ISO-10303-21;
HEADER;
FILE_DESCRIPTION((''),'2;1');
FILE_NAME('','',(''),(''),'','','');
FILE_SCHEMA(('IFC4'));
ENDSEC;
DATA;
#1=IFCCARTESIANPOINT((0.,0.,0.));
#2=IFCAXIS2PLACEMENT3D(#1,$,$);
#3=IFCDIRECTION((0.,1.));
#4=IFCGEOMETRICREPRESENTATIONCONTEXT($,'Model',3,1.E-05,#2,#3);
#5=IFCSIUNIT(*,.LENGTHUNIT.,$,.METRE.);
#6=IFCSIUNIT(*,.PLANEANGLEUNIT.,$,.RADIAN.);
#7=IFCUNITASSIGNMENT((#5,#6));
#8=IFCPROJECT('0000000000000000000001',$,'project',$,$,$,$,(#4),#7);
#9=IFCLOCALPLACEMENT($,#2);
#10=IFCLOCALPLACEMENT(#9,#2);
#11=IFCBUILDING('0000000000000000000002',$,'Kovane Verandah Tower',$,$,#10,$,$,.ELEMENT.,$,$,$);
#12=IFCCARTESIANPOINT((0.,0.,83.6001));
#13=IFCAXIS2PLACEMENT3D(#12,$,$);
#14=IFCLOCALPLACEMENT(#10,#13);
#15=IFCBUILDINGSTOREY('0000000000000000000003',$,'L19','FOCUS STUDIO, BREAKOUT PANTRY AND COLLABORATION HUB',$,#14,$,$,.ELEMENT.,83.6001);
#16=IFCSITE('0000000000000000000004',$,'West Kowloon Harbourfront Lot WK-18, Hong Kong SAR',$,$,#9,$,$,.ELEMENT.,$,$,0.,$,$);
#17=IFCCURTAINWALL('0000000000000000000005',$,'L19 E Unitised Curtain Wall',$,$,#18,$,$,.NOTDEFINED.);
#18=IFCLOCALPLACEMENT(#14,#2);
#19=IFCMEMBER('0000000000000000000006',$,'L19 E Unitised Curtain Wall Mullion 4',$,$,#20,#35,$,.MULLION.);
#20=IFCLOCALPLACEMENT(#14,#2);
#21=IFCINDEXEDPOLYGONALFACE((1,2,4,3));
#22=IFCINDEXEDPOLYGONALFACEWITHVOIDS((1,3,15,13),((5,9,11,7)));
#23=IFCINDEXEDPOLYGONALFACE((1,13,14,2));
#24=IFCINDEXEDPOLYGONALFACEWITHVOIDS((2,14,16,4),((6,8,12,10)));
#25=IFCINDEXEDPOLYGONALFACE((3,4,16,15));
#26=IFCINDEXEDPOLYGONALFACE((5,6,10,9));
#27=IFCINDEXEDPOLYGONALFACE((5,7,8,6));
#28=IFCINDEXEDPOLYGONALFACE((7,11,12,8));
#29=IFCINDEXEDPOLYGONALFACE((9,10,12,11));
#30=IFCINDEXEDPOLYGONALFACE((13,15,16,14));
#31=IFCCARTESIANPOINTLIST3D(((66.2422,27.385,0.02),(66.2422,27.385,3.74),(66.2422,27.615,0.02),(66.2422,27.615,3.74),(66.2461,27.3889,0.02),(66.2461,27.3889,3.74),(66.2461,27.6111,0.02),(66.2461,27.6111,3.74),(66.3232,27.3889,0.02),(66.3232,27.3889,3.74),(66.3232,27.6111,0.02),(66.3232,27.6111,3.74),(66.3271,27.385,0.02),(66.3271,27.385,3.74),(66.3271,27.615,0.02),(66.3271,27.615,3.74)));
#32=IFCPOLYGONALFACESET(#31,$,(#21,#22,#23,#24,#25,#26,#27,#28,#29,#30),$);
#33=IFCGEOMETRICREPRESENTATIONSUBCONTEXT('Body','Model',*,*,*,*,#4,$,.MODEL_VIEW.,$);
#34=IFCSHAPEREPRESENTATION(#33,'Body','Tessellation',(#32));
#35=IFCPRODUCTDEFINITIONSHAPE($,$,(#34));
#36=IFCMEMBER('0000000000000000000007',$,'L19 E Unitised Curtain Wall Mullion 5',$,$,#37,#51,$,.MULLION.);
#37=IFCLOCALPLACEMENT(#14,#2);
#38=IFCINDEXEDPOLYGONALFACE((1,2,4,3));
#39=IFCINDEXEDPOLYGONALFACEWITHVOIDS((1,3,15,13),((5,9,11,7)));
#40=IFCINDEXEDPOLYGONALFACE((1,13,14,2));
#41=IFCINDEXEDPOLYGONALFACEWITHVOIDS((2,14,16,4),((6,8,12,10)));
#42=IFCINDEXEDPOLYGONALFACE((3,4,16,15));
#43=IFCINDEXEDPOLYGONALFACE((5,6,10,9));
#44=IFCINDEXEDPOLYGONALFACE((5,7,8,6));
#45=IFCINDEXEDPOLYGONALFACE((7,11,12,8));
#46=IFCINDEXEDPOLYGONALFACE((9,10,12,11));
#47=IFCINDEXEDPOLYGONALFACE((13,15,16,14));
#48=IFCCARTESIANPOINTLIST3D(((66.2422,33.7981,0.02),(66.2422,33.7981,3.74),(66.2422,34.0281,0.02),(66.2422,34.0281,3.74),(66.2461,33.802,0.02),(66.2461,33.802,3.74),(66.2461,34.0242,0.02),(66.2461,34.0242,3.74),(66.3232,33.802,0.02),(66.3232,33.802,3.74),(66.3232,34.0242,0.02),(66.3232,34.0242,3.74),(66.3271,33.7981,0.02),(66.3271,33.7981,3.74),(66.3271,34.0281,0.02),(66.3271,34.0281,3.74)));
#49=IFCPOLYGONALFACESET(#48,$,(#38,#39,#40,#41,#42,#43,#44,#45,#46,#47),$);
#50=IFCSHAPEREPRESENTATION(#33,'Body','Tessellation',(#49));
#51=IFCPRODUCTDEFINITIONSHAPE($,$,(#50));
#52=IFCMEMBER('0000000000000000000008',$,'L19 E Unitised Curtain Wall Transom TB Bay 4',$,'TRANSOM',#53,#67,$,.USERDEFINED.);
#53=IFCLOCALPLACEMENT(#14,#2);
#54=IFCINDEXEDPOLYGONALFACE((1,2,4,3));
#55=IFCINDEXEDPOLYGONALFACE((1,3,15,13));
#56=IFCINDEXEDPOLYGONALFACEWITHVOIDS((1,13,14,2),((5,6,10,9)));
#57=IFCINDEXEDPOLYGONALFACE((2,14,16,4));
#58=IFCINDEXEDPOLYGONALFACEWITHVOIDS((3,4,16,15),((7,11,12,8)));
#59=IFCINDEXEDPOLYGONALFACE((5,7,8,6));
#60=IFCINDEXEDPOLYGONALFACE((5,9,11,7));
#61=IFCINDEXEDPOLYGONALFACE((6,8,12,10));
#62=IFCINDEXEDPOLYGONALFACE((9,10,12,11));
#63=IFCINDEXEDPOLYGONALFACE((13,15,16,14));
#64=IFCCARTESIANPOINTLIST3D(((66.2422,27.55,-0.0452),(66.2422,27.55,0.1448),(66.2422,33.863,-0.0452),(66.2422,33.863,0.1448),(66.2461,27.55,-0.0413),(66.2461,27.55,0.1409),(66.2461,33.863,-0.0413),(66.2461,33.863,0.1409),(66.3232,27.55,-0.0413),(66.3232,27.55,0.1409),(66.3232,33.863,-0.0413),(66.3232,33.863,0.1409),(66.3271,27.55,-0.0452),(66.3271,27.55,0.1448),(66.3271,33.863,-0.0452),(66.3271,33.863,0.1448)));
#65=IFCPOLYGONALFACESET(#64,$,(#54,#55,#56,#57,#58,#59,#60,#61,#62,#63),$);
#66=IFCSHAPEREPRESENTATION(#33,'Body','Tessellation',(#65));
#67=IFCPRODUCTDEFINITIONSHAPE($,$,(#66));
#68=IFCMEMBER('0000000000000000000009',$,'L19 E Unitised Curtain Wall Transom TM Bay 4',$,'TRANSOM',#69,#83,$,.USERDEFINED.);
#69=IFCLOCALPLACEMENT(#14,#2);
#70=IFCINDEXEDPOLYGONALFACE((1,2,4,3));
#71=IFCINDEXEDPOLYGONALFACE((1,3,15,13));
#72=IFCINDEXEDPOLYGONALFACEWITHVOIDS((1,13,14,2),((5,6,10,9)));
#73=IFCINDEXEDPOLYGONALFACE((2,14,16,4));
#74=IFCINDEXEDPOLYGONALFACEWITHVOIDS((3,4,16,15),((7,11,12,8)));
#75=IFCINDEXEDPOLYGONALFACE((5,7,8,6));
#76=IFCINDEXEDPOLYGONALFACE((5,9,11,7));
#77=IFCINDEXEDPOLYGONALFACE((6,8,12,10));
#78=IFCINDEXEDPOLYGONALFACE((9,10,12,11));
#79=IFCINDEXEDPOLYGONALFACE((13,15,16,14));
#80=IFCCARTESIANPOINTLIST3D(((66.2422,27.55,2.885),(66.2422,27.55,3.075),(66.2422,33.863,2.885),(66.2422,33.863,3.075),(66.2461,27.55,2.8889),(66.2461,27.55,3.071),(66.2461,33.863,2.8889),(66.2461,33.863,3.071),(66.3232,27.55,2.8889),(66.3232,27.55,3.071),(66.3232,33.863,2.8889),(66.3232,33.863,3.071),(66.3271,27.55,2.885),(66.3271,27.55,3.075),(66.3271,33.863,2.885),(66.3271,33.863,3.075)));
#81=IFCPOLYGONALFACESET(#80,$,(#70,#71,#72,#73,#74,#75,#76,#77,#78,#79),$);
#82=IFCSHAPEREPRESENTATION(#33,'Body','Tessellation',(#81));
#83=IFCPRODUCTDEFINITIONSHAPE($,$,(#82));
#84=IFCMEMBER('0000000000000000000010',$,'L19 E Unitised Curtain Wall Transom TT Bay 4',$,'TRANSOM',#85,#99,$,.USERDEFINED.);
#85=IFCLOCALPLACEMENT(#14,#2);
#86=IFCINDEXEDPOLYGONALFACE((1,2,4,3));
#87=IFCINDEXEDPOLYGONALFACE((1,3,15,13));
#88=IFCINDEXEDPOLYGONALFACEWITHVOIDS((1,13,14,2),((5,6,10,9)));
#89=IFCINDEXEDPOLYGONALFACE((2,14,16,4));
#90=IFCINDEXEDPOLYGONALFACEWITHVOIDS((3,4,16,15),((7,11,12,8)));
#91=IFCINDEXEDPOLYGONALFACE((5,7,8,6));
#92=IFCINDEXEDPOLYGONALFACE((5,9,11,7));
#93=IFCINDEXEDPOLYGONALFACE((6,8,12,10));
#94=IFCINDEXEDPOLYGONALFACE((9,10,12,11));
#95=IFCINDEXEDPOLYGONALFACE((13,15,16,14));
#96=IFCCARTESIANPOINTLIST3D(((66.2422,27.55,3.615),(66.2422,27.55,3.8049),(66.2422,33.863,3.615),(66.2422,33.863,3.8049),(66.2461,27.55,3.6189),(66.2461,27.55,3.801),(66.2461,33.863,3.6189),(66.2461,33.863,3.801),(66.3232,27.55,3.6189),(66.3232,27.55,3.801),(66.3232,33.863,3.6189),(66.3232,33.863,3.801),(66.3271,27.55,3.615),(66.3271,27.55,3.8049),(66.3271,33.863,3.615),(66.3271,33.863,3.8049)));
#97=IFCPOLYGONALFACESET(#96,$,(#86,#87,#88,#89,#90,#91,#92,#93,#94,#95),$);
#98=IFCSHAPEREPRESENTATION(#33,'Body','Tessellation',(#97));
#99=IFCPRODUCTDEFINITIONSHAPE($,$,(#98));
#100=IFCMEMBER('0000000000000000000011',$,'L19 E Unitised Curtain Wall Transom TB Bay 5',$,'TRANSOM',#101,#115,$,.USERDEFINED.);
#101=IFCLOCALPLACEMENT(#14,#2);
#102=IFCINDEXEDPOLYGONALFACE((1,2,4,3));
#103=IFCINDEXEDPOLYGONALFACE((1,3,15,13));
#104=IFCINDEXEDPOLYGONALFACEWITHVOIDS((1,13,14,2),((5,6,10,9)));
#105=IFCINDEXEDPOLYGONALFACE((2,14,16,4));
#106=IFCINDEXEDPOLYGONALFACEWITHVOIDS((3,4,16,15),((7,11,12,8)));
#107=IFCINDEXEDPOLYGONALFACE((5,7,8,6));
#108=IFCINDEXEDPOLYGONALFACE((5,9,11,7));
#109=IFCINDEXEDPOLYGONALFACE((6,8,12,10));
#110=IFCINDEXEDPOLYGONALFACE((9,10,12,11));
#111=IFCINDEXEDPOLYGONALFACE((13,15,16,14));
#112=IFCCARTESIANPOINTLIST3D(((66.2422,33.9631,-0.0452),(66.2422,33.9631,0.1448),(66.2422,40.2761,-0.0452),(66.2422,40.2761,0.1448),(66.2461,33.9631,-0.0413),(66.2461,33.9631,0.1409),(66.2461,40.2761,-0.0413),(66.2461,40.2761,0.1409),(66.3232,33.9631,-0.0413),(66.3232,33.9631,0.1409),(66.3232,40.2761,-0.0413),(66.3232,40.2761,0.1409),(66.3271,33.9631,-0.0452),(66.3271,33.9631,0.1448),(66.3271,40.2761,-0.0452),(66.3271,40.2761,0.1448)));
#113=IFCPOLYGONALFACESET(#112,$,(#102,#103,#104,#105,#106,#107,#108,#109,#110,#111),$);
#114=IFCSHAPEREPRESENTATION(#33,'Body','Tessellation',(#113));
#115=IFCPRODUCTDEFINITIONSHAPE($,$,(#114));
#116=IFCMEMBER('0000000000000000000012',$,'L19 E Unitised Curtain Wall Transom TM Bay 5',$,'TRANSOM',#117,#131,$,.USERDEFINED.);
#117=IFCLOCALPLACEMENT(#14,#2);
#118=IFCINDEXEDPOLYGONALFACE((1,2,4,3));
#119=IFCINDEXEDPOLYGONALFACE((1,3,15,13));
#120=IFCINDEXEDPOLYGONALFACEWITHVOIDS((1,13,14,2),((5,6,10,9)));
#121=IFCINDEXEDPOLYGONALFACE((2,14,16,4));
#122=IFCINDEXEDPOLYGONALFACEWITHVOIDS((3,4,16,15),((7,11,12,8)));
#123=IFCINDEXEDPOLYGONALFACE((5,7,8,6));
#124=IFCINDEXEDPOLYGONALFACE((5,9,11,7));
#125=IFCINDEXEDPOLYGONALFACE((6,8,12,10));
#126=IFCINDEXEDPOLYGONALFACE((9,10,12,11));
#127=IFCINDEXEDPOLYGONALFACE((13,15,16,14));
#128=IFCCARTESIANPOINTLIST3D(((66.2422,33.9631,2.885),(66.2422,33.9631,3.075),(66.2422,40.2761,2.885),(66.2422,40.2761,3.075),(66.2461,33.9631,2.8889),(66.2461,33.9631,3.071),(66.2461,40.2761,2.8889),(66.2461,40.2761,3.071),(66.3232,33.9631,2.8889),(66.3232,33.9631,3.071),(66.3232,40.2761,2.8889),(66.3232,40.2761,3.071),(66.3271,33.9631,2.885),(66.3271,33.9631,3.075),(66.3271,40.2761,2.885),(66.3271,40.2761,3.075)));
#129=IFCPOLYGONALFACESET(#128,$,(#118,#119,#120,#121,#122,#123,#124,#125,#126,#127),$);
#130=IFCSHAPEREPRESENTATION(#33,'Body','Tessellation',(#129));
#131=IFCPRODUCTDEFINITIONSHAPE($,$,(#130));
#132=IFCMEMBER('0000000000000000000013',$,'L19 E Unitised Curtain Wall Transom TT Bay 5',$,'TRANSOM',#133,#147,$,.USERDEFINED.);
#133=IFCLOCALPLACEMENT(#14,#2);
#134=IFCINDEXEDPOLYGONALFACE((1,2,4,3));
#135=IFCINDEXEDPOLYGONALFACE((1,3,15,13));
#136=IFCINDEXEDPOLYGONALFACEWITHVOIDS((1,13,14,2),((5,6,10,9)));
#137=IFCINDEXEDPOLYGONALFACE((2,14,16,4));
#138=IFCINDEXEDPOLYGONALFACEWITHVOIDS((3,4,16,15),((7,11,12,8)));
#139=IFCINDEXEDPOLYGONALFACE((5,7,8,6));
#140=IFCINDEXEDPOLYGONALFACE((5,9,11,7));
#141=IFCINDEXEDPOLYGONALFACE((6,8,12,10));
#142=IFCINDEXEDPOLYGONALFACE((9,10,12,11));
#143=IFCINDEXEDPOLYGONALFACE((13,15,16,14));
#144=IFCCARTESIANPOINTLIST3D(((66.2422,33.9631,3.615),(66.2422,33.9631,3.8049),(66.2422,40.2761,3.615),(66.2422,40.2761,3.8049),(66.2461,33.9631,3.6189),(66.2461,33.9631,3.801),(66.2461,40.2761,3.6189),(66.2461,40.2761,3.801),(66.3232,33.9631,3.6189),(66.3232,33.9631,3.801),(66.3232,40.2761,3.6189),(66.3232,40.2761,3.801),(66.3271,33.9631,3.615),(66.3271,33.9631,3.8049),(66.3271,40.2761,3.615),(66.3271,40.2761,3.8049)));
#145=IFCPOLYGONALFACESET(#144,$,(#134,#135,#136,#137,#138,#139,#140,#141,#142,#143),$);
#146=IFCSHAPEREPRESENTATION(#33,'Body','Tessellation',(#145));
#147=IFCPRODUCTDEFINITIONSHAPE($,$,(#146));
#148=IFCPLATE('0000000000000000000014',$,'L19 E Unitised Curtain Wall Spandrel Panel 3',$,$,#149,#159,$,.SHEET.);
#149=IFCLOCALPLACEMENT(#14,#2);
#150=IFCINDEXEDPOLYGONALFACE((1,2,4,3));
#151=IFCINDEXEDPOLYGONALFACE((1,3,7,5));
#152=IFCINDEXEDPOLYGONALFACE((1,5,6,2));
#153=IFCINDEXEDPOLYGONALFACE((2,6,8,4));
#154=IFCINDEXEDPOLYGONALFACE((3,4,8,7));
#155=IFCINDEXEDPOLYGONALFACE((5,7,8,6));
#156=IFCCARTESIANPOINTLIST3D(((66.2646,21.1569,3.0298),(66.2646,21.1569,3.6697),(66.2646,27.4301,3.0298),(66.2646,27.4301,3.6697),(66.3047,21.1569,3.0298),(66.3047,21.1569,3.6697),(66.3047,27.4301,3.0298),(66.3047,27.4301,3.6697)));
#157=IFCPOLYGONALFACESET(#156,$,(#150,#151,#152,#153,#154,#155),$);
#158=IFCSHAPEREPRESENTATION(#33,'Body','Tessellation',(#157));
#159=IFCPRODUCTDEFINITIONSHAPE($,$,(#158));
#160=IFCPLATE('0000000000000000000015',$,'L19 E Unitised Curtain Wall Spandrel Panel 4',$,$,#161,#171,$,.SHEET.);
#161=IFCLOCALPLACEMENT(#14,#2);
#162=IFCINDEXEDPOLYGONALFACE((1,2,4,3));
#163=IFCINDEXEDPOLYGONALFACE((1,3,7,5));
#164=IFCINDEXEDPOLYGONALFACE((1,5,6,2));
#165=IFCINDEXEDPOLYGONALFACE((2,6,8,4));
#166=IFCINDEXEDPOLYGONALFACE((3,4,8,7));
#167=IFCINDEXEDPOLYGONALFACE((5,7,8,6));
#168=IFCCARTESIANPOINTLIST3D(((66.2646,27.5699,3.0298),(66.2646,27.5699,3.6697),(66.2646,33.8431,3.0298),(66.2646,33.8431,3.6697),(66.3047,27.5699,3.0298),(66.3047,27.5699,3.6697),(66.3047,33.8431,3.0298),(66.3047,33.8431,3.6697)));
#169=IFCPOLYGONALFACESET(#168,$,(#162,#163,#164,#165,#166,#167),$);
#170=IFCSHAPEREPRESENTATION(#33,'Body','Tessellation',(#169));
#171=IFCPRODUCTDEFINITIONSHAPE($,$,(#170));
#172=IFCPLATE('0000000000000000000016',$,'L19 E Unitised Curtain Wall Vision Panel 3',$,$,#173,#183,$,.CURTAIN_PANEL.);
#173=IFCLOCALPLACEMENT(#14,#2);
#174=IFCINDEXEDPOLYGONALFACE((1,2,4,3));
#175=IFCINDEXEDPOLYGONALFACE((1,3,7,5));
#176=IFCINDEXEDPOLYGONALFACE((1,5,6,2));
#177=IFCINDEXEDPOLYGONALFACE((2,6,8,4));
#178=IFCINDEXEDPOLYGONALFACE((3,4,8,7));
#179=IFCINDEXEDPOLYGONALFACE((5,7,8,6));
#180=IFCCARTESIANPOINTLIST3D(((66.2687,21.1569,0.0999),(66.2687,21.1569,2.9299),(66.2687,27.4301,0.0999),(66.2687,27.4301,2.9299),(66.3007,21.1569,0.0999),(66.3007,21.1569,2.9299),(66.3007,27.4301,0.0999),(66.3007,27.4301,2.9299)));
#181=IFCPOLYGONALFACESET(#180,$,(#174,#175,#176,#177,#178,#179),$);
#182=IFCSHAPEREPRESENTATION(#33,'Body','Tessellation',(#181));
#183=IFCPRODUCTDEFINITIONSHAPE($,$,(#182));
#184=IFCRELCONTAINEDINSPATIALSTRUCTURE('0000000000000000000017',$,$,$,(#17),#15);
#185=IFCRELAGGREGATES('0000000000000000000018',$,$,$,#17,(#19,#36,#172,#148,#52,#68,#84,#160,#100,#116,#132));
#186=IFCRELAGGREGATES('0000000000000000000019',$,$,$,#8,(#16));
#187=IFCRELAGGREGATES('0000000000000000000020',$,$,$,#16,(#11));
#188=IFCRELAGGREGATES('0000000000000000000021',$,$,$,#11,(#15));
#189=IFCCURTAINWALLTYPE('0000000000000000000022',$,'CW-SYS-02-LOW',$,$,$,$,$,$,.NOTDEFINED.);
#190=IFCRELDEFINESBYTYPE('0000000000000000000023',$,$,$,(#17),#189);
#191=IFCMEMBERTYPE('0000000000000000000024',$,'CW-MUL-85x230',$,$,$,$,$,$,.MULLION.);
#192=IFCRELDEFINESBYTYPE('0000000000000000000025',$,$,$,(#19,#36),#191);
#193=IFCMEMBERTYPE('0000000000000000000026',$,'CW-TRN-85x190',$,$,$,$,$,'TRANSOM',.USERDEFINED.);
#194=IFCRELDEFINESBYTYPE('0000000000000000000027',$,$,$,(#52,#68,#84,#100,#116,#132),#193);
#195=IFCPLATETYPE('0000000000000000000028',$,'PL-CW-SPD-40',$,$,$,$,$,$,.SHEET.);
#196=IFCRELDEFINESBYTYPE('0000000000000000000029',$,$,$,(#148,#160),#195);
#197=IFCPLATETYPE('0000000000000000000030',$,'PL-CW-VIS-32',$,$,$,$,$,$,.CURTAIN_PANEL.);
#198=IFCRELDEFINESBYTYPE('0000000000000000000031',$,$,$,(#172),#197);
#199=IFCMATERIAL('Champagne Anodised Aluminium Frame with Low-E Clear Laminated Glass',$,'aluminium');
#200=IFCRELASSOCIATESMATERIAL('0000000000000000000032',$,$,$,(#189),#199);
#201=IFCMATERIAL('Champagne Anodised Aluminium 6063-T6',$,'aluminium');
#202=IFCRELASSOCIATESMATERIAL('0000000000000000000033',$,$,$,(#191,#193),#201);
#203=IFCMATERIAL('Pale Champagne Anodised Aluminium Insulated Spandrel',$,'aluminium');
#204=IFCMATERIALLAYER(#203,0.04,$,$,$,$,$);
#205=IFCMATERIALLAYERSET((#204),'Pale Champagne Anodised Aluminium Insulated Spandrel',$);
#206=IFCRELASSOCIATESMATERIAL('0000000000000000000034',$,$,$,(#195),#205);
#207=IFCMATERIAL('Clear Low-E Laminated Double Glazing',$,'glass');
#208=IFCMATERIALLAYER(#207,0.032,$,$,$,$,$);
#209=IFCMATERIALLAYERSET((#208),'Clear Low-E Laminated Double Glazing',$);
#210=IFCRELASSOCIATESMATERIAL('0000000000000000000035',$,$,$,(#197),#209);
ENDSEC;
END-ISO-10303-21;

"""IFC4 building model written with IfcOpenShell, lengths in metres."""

from ifc_helpers import new_model, si_unit, direction, frame, origin, origin_2d, place, context, subcontext, project, spatial, rectangle, hollow_rectangle, extrude, material, layer, layer_set, material_profile, profile_set, type_object, element, aggregate, save


model = new_model("IFC4")

# Units and contexts
model_context = context("Model", 3, precision=1e-05, world=origin(), true_north=direction((0.0, 1.0)))
body_context = subcontext(model_context, "Body", "Model", "MODEL_VIEW")
ifc_project = project(units=[si_unit("LENGTHUNIT", "METRE"), si_unit("PLANEANGLEUNIT", "RADIAN")], contexts=[model_context])

# Site, building, storey
site_placement = place(None, origin())
site = spatial("IfcSite", under=ifc_project, at=site_placement, Name="West Kowloon Harbourfront Lot WK-18, Hong Kong SAR", CompositionType="ELEMENT", RefElevation=0.0)
building_placement = place(site_placement, origin())
building = spatial("IfcBuilding", under=site, at=building_placement, Name="Kovane Verandah Tower", CompositionType="ELEMENT")
storey_placement = place(building_placement, frame((0.0, 0.0, 83.6001)))
storey = spatial("IfcBuildingStorey", under=building, at=storey_placement, Name="L19", Description="FOCUS STUDIO, BREAKOUT PANTRY AND COLLABORATION HUB", CompositionType="ELEMENT", Elevation=83.6001)

# Curtain wall, members, plates
ifc_material_1 = material(Name="Champagne Anodised Aluminium Frame with Low-E Clear Laminated Glass", Category="aluminium")
curtain_wall_type = type_object("IfcCurtainWallType", Name="CW-SYS-02-LOW", PredefinedType="NOTDEFINED", material=ifc_material_1)
curtain_wall_placement = place(storey_placement, origin())
curtain_wall = element("IfcCurtainWall", 1, at=curtain_wall_placement, inside=storey, type_object=curtain_wall_type, Name="L19 E Unitised Curtain Wall", PredefinedType="NOTDEFINED")
ifc_material_2 = material(Name="Champagne Anodised Aluminium 6063-T6", Category="aluminium")
ifc_material_profile_1 = material_profile(ifc_material_2, hollow_rectangle(XDim=0.085, YDim=0.23, WallThickness=0.0039, at=origin_2d()), Name="AL85x230x4")
ifc_profile_set_1 = profile_set([ifc_material_profile_1], Name="Champagne Anodised Aluminium 6063-T6")
member_type_1 = type_object("IfcMemberType", Name="CW-MUL-85x230", PredefinedType="MULLION", material=ifc_profile_set_1)
member_1_placement = place(storey_placement, frame((66.2847, 27.5, 0.02), z_axis=(0.0, 0.0, 1.0), x_axis=(1.0, 0.0, 0.0)))
member_1 = element("IfcMember", 2, at=member_1_placement, type_object=member_type_1, Name="L19 E Unitised Curtain Wall Mullion 4", PredefinedType="MULLION", context=body_context, shape_type="SweptSolid", body=[
    extrude(hollow_rectangle(XDim=0.085, YDim=0.23, WallThickness=0.0039, at=origin_2d()), origin(), (0.0, 0.0, 1.0), 3.72),
])
member_2_placement = place(storey_placement, frame((66.2847, 33.9131, 0.02), z_axis=(0.0, 0.0, 1.0), x_axis=(1.0, 0.0, 0.0)))
member_2 = element("IfcMember", 3, at=member_2_placement, type_object=member_type_1, Name="L19 E Unitised Curtain Wall Mullion 5", PredefinedType="MULLION", context=body_context, shape_type="SweptSolid", body=[
    extrude(hollow_rectangle(XDim=0.085, YDim=0.23, WallThickness=0.0039, at=origin_2d()), origin(), (0.0, 0.0, 1.0), 3.72),
])
ifc_material_profile_2 = material_profile(ifc_material_2, hollow_rectangle(XDim=0.085, YDim=0.1899, WallThickness=0.0039, at=origin_2d()), Name="AL85x190x4")
ifc_profile_set_2 = profile_set([ifc_material_profile_2], Name="Champagne Anodised Aluminium 6063-T6")
member_type_2 = type_object("IfcMemberType", Name="CW-TRN-85x190", ElementType="TRANSOM", PredefinedType="USERDEFINED", material=ifc_profile_set_2)
member_3_placement = place(storey_placement, frame((66.2847, 27.55, 0.0498), z_axis=(0.0, 1.0, 0.0), x_axis=(-1.0, 0.0, 0.0)))
member_3 = element("IfcMember", 4, at=member_3_placement, type_object=member_type_2, Name="L19 E Unitised Curtain Wall Transom TB Bay 4", ObjectType="TRANSOM", PredefinedType="USERDEFINED", context=body_context, shape_type="SweptSolid", body=[
    extrude(hollow_rectangle(XDim=0.085, YDim=0.1899, WallThickness=0.0039, at=origin_2d()), origin(), (0.0, 0.0, 1.0), 6.313),
])
member_4_placement = place(storey_placement, frame((66.2847, 27.55, 2.98), z_axis=(0.0, 1.0, 0.0), x_axis=(-1.0, 0.0, 0.0)))
member_4 = element("IfcMember", 5, at=member_4_placement, type_object=member_type_2, Name="L19 E Unitised Curtain Wall Transom TM Bay 4", ObjectType="TRANSOM", PredefinedType="USERDEFINED", context=body_context, shape_type="SweptSolid", body=[
    extrude(hollow_rectangle(XDim=0.085, YDim=0.1899, WallThickness=0.0039, at=origin_2d()), origin(), (0.0, 0.0, 1.0), 6.313),
])
member_5_placement = place(storey_placement, frame((66.2847, 27.55, 3.71), z_axis=(0.0, 1.0, 0.0), x_axis=(-1.0, 0.0, 0.0)))
member_5 = element("IfcMember", 6, at=member_5_placement, type_object=member_type_2, Name="L19 E Unitised Curtain Wall Transom TT Bay 4", ObjectType="TRANSOM", PredefinedType="USERDEFINED", context=body_context, shape_type="SweptSolid", body=[
    extrude(hollow_rectangle(XDim=0.085, YDim=0.1899, WallThickness=0.0039, at=origin_2d()), origin(), (0.0, 0.0, 1.0), 6.313),
])
member_6_placement = place(storey_placement, frame((66.2847, 33.9631, 0.0498), z_axis=(0.0, 1.0, 0.0), x_axis=(-1.0, 0.0, 0.0)))
member_6 = element("IfcMember", 7, at=member_6_placement, type_object=member_type_2, Name="L19 E Unitised Curtain Wall Transom TB Bay 5", ObjectType="TRANSOM", PredefinedType="USERDEFINED", context=body_context, shape_type="SweptSolid", body=[
    extrude(hollow_rectangle(XDim=0.085, YDim=0.1899, WallThickness=0.0039, at=origin_2d()), origin(), (0.0, 0.0, 1.0), 6.313),
])
member_7_placement = place(storey_placement, frame((66.2847, 33.9631, 2.98), z_axis=(0.0, 1.0, 0.0), x_axis=(-1.0, 0.0, 0.0)))
member_7 = element("IfcMember", 8, at=member_7_placement, type_object=member_type_2, Name="L19 E Unitised Curtain Wall Transom TM Bay 5", ObjectType="TRANSOM", PredefinedType="USERDEFINED", context=body_context, shape_type="SweptSolid", body=[
    extrude(hollow_rectangle(XDim=0.085, YDim=0.1899, WallThickness=0.0039, at=origin_2d()), origin(), (0.0, 0.0, 1.0), 6.313),
])
member_8_placement = place(storey_placement, frame((66.2847, 33.9631, 3.71), z_axis=(0.0, 1.0, 0.0), x_axis=(-1.0, 0.0, 0.0)))
member_8 = element("IfcMember", 9, at=member_8_placement, type_object=member_type_2, Name="L19 E Unitised Curtain Wall Transom TT Bay 5", ObjectType="TRANSOM", PredefinedType="USERDEFINED", context=body_context, shape_type="SweptSolid", body=[
    extrude(hollow_rectangle(XDim=0.085, YDim=0.1899, WallThickness=0.0039, at=origin_2d()), origin(), (0.0, 0.0, 1.0), 6.313),
])
ifc_material_3 = material(Name="Pale Champagne Anodised Aluminium Insulated Spandrel", Category="aluminium")
ifc_layer_1 = layer(ifc_material_3, 0.04)
ifc_layer_set_1 = layer_set([ifc_layer_1], Name="Pale Champagne Anodised Aluminium Insulated Spandrel")
plate_type_1 = type_object("IfcPlateType", Name="PL-CW-SPD-40", PredefinedType="SHEET", material=ifc_layer_set_1)
plate_1_placement = place(storey_placement, frame((66.2847, 24.2935, 3.0298), z_axis=(0.0, 0.0, 1.0), x_axis=(0.0, 1.0, 0.0)))
plate_1 = element("IfcPlate", 10, at=plate_1_placement, type_object=plate_type_1, Name="L19 E Unitised Curtain Wall Spandrel Panel 3", PredefinedType="SHEET", context=body_context, shape_type="SweptSolid", body=[
    extrude(rectangle(XDim=6.2732, YDim=0.04, at=origin_2d()), origin(), (0.0, 0.0, 1.0), 0.6399),
])
plate_2_placement = place(storey_placement, frame((66.2847, 30.7065, 3.0298), z_axis=(0.0, 0.0, 1.0), x_axis=(0.0, 1.0, 0.0)))
plate_2 = element("IfcPlate", 11, at=plate_2_placement, type_object=plate_type_1, Name="L19 E Unitised Curtain Wall Spandrel Panel 4", PredefinedType="SHEET", context=body_context, shape_type="SweptSolid", body=[
    extrude(rectangle(XDim=6.2732, YDim=0.04, at=origin_2d()), origin(), (0.0, 0.0, 1.0), 0.6399),
])
ifc_material_4 = material(Name="Clear Low-E Laminated Double Glazing", Category="glass")
ifc_layer_2 = layer(ifc_material_4, 0.032)
ifc_layer_set_2 = layer_set([ifc_layer_2], Name="Clear Low-E Laminated Double Glazing")
plate_type_2 = type_object("IfcPlateType", Name="PL-CW-VIS-32", PredefinedType="CURTAIN_PANEL", material=ifc_layer_set_2)
plate_3_placement = place(storey_placement, frame((66.2847, 24.2935, 0.0999), z_axis=(0.0, 0.0, 1.0), x_axis=(0.0, 1.0, 0.0)))
plate_3 = element("IfcPlate", 12, at=plate_3_placement, type_object=plate_type_2, Name="L19 E Unitised Curtain Wall Vision Panel 3", PredefinedType="CURTAIN_PANEL", context=body_context, shape_type="SweptSolid", body=[
    extrude(rectangle(XDim=6.2732, YDim=0.032, at=origin_2d()), origin(), (0.0, 0.0, 1.0), 2.8301),
])
aggregate(curtain_wall, [member_1, member_2, plate_3, plate_1, member_3, member_4, member_5, plate_2, member_6, member_7, member_8])

save(model, "model.ifc")
